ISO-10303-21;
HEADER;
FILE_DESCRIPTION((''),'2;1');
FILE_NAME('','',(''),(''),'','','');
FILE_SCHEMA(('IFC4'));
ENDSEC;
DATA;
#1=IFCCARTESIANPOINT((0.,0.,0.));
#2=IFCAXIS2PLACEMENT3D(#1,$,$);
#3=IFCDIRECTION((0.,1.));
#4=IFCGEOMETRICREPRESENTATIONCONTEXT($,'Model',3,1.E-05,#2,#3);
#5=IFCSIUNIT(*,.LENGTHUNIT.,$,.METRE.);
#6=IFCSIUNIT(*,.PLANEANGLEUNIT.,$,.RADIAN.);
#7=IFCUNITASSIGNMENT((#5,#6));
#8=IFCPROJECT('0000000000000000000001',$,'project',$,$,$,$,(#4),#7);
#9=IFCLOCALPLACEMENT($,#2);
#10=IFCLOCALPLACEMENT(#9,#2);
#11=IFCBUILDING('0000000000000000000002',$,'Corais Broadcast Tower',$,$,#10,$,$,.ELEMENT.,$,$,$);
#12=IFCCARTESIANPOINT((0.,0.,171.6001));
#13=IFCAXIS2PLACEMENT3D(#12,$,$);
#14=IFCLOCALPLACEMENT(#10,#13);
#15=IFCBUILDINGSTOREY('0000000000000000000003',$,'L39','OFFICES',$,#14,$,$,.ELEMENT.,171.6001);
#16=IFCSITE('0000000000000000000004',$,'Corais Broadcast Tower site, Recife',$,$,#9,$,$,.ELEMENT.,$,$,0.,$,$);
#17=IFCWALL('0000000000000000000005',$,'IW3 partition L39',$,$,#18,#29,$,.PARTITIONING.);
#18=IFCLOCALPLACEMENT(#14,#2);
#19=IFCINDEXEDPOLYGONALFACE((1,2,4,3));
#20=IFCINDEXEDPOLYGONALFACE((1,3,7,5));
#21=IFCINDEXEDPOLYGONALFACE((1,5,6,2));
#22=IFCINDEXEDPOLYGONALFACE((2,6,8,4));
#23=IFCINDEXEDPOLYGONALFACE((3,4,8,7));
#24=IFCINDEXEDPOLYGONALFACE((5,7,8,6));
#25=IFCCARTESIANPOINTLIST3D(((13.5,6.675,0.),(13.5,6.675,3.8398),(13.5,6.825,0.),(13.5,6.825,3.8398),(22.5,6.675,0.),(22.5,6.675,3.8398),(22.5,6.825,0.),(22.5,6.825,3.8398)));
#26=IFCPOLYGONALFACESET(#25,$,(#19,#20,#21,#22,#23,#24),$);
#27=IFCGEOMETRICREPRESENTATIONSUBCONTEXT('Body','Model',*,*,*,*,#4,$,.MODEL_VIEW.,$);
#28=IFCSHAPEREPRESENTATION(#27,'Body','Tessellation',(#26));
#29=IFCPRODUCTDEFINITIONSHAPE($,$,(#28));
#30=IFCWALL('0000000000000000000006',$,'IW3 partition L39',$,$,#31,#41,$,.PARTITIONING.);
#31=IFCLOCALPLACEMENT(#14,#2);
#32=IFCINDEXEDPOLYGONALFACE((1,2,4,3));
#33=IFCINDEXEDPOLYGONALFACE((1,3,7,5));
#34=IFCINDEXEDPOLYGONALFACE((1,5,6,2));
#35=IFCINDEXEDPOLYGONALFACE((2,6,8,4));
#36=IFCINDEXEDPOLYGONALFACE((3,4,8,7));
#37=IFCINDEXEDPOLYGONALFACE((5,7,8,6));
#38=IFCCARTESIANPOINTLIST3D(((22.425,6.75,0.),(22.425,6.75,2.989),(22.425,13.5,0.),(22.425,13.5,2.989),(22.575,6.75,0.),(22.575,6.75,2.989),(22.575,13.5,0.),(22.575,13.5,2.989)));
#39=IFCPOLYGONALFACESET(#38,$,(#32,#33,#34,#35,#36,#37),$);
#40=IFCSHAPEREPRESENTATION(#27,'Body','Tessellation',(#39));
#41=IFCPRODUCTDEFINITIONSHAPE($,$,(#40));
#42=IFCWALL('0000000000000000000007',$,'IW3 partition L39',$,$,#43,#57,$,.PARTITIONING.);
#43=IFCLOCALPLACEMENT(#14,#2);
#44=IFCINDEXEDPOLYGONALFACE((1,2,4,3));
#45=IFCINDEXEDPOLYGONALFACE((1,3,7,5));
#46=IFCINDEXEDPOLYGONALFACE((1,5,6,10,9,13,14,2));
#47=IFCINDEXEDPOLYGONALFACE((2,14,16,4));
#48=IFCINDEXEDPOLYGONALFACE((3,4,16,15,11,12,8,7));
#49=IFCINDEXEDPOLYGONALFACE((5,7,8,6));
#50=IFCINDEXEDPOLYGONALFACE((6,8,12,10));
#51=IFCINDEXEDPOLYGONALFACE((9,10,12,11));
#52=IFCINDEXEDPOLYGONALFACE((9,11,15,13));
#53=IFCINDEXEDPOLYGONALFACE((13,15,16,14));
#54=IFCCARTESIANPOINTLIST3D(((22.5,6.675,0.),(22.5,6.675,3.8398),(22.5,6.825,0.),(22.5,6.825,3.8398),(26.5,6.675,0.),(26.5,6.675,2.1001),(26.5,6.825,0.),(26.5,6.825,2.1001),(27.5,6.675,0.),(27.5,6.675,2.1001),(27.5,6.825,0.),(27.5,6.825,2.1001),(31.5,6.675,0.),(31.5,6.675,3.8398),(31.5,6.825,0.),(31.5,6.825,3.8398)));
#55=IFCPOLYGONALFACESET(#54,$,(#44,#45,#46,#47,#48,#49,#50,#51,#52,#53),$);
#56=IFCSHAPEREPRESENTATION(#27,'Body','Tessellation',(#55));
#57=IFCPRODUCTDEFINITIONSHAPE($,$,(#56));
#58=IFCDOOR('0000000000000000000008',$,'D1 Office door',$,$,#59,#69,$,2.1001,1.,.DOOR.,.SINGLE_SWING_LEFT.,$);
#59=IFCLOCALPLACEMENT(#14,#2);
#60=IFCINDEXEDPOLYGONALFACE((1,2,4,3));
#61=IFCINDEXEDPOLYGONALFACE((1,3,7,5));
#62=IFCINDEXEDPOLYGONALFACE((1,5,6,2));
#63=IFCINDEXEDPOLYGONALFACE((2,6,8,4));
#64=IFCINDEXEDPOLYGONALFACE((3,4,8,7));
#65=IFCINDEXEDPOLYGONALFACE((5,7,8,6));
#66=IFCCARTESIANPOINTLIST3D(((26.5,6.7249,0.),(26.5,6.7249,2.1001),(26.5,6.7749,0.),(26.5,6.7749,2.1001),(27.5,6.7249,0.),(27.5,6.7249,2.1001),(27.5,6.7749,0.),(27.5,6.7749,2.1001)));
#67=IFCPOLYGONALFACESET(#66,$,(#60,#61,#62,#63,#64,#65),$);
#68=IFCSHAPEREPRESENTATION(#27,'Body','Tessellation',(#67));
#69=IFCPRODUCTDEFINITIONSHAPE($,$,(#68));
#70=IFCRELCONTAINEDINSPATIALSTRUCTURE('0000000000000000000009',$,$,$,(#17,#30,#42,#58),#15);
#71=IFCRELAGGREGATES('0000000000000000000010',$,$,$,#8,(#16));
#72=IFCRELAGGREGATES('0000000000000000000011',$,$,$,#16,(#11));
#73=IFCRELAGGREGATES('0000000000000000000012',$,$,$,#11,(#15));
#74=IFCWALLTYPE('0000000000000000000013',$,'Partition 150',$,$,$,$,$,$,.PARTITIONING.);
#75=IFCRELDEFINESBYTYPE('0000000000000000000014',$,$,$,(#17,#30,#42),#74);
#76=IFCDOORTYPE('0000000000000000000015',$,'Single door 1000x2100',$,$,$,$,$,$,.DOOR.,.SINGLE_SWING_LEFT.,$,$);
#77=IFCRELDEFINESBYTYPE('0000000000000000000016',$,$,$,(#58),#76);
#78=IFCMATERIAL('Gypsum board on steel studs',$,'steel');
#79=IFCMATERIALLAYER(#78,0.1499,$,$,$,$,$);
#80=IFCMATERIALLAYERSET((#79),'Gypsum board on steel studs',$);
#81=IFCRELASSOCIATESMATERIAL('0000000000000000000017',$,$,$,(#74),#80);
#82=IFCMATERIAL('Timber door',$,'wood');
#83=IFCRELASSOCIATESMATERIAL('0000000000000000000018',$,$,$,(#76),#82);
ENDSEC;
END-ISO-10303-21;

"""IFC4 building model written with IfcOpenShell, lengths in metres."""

from ifc_helpers import new_model, si_unit, direction, frame, frame_2d, origin, place, context, subcontext, project, spatial, rectangle, extrude, material, layer, layer_set, type_object, element, fill, save


model = new_model("IFC4")

# Units and contexts
model_context = context("Model", 3, precision=1e-05, world=origin(), true_north=direction((0.0, 1.0)))
body_context = subcontext(model_context, "Body", "Model", "MODEL_VIEW")
ifc_project = project(units=[si_unit("LENGTHUNIT", "METRE"), si_unit("PLANEANGLEUNIT", "RADIAN")], contexts=[model_context])

# Site, building, storey
site_placement = place(None, origin())
site = spatial("IfcSite", under=ifc_project, at=site_placement, Name="Corais Broadcast Tower site, Recife", CompositionType="ELEMENT", RefElevation=0.0)
building_placement = place(site_placement, origin())
building = spatial("IfcBuilding", under=site, at=building_placement, Name="Corais Broadcast Tower", CompositionType="ELEMENT")
storey_placement = place(building_placement, frame((0.0, 0.0, 171.6001)))
storey = spatial("IfcBuildingStorey", under=building, at=storey_placement, Name="L39", Description="OFFICES", CompositionType="ELEMENT", Elevation=171.6001)

# Walls
ifc_material_1 = material(Name="Gypsum board on steel studs", Category="steel")
ifc_layer_1 = layer(ifc_material_1, 0.1499)
ifc_layer_set_1 = layer_set([ifc_layer_1], Name="Gypsum board on steel studs")
wall_type = type_object("IfcWallType", Name="Partition 150", PredefinedType="PARTITIONING", material=ifc_layer_set_1)
wall_1_placement = place(storey_placement, frame((13.5, 6.75, 0.0), z_axis=(0.0, 0.0, 1.0), x_axis=(1.0, 0.0, 0.0)))
element("IfcWall", 1, at=wall_1_placement, inside=storey, type_object=wall_type, Name="IW3 partition L39", PredefinedType="PARTITIONING", context=body_context, shape_type="SweptSolid", body=[
    extrude(rectangle(XDim=9.0, YDim=0.1499, at=frame_2d((4.5, 0.0))), origin(), (0.0, 0.0, 1.0), 3.8398),
])
wall_2_placement = place(storey_placement, frame((22.5, 6.75, 0.0), z_axis=(0.0, 0.0, 1.0), x_axis=(0.0, 1.0, 0.0)))
element("IfcWall", 2, at=wall_2_placement, inside=storey, type_object=wall_type, Name="IW3 partition L39", PredefinedType="PARTITIONING", context=body_context, shape_type="SweptSolid", body=[
    extrude(rectangle(XDim=6.75, YDim=0.1499, at=frame_2d((3.375, 0.0))), origin(), (0.0, 0.0, 1.0), 2.989),
])

# Wall, opening, door
wall_3_placement = place(storey_placement, frame((22.5, 6.75, 0.0), z_axis=(0.0, 0.0, 1.0), x_axis=(1.0, 0.0, 0.0)))
wall_3 = element("IfcWall", 3, at=wall_3_placement, inside=storey, type_object=wall_type, Name="IW3 partition L39", PredefinedType="PARTITIONING", context=body_context, shape_type="SweptSolid", body=[
    extrude(rectangle(XDim=9.0, YDim=0.1499, at=frame_2d((4.5, 0.0))), origin(), (0.0, 0.0, 1.0), 3.8398),
])
opening_placement = place(wall_3_placement, frame((4.0, 0.0, 0.0)))
opening = element("IfcOpeningElement", 4, at=opening_placement, cuts=wall_3, PredefinedType="OPENING", context=body_context, shape_type="SweptSolid", body=[
    extrude(rectangle(XDim=1.0, YDim=2.1001, at=frame_2d((0.5, 1.05))), frame((0.0, 0.085, 0.0), z_axis=(0.0, -1.0, 0.0), x_axis=(1.0, 0.0, 0.0)), (0.0, 0.0, 1.0), 0.1699),
])
ifc_material_2 = material(Name="Timber door", Category="wood")
door_type = type_object("IfcDoorType", Name="Single door 1000x2100", OperationType="SINGLE_SWING_LEFT", PredefinedType="DOOR", material=ifc_material_2)
door_placement = place(opening_placement, origin())
door = element("IfcDoor", 5, at=door_placement, inside=storey, type_object=door_type, Name="D1 Office door", OperationType="SINGLE_SWING_LEFT", OverallHeight=2.1001, OverallWidth=1.0, PredefinedType="DOOR", context=body_context, shape_type="SweptSolid", body=[
    extrude(rectangle(XDim=1.0, YDim=2.1001, at=frame_2d((0.5, 1.05))), frame((0.0, 0.0249, 0.0), z_axis=(0.0, -1.0, 0.0), x_axis=(1.0, 0.0, 0.0)), (0.0, 0.0, 1.0), 0.05),
])
fill(opening, door)

save(model, "model.ifc")
